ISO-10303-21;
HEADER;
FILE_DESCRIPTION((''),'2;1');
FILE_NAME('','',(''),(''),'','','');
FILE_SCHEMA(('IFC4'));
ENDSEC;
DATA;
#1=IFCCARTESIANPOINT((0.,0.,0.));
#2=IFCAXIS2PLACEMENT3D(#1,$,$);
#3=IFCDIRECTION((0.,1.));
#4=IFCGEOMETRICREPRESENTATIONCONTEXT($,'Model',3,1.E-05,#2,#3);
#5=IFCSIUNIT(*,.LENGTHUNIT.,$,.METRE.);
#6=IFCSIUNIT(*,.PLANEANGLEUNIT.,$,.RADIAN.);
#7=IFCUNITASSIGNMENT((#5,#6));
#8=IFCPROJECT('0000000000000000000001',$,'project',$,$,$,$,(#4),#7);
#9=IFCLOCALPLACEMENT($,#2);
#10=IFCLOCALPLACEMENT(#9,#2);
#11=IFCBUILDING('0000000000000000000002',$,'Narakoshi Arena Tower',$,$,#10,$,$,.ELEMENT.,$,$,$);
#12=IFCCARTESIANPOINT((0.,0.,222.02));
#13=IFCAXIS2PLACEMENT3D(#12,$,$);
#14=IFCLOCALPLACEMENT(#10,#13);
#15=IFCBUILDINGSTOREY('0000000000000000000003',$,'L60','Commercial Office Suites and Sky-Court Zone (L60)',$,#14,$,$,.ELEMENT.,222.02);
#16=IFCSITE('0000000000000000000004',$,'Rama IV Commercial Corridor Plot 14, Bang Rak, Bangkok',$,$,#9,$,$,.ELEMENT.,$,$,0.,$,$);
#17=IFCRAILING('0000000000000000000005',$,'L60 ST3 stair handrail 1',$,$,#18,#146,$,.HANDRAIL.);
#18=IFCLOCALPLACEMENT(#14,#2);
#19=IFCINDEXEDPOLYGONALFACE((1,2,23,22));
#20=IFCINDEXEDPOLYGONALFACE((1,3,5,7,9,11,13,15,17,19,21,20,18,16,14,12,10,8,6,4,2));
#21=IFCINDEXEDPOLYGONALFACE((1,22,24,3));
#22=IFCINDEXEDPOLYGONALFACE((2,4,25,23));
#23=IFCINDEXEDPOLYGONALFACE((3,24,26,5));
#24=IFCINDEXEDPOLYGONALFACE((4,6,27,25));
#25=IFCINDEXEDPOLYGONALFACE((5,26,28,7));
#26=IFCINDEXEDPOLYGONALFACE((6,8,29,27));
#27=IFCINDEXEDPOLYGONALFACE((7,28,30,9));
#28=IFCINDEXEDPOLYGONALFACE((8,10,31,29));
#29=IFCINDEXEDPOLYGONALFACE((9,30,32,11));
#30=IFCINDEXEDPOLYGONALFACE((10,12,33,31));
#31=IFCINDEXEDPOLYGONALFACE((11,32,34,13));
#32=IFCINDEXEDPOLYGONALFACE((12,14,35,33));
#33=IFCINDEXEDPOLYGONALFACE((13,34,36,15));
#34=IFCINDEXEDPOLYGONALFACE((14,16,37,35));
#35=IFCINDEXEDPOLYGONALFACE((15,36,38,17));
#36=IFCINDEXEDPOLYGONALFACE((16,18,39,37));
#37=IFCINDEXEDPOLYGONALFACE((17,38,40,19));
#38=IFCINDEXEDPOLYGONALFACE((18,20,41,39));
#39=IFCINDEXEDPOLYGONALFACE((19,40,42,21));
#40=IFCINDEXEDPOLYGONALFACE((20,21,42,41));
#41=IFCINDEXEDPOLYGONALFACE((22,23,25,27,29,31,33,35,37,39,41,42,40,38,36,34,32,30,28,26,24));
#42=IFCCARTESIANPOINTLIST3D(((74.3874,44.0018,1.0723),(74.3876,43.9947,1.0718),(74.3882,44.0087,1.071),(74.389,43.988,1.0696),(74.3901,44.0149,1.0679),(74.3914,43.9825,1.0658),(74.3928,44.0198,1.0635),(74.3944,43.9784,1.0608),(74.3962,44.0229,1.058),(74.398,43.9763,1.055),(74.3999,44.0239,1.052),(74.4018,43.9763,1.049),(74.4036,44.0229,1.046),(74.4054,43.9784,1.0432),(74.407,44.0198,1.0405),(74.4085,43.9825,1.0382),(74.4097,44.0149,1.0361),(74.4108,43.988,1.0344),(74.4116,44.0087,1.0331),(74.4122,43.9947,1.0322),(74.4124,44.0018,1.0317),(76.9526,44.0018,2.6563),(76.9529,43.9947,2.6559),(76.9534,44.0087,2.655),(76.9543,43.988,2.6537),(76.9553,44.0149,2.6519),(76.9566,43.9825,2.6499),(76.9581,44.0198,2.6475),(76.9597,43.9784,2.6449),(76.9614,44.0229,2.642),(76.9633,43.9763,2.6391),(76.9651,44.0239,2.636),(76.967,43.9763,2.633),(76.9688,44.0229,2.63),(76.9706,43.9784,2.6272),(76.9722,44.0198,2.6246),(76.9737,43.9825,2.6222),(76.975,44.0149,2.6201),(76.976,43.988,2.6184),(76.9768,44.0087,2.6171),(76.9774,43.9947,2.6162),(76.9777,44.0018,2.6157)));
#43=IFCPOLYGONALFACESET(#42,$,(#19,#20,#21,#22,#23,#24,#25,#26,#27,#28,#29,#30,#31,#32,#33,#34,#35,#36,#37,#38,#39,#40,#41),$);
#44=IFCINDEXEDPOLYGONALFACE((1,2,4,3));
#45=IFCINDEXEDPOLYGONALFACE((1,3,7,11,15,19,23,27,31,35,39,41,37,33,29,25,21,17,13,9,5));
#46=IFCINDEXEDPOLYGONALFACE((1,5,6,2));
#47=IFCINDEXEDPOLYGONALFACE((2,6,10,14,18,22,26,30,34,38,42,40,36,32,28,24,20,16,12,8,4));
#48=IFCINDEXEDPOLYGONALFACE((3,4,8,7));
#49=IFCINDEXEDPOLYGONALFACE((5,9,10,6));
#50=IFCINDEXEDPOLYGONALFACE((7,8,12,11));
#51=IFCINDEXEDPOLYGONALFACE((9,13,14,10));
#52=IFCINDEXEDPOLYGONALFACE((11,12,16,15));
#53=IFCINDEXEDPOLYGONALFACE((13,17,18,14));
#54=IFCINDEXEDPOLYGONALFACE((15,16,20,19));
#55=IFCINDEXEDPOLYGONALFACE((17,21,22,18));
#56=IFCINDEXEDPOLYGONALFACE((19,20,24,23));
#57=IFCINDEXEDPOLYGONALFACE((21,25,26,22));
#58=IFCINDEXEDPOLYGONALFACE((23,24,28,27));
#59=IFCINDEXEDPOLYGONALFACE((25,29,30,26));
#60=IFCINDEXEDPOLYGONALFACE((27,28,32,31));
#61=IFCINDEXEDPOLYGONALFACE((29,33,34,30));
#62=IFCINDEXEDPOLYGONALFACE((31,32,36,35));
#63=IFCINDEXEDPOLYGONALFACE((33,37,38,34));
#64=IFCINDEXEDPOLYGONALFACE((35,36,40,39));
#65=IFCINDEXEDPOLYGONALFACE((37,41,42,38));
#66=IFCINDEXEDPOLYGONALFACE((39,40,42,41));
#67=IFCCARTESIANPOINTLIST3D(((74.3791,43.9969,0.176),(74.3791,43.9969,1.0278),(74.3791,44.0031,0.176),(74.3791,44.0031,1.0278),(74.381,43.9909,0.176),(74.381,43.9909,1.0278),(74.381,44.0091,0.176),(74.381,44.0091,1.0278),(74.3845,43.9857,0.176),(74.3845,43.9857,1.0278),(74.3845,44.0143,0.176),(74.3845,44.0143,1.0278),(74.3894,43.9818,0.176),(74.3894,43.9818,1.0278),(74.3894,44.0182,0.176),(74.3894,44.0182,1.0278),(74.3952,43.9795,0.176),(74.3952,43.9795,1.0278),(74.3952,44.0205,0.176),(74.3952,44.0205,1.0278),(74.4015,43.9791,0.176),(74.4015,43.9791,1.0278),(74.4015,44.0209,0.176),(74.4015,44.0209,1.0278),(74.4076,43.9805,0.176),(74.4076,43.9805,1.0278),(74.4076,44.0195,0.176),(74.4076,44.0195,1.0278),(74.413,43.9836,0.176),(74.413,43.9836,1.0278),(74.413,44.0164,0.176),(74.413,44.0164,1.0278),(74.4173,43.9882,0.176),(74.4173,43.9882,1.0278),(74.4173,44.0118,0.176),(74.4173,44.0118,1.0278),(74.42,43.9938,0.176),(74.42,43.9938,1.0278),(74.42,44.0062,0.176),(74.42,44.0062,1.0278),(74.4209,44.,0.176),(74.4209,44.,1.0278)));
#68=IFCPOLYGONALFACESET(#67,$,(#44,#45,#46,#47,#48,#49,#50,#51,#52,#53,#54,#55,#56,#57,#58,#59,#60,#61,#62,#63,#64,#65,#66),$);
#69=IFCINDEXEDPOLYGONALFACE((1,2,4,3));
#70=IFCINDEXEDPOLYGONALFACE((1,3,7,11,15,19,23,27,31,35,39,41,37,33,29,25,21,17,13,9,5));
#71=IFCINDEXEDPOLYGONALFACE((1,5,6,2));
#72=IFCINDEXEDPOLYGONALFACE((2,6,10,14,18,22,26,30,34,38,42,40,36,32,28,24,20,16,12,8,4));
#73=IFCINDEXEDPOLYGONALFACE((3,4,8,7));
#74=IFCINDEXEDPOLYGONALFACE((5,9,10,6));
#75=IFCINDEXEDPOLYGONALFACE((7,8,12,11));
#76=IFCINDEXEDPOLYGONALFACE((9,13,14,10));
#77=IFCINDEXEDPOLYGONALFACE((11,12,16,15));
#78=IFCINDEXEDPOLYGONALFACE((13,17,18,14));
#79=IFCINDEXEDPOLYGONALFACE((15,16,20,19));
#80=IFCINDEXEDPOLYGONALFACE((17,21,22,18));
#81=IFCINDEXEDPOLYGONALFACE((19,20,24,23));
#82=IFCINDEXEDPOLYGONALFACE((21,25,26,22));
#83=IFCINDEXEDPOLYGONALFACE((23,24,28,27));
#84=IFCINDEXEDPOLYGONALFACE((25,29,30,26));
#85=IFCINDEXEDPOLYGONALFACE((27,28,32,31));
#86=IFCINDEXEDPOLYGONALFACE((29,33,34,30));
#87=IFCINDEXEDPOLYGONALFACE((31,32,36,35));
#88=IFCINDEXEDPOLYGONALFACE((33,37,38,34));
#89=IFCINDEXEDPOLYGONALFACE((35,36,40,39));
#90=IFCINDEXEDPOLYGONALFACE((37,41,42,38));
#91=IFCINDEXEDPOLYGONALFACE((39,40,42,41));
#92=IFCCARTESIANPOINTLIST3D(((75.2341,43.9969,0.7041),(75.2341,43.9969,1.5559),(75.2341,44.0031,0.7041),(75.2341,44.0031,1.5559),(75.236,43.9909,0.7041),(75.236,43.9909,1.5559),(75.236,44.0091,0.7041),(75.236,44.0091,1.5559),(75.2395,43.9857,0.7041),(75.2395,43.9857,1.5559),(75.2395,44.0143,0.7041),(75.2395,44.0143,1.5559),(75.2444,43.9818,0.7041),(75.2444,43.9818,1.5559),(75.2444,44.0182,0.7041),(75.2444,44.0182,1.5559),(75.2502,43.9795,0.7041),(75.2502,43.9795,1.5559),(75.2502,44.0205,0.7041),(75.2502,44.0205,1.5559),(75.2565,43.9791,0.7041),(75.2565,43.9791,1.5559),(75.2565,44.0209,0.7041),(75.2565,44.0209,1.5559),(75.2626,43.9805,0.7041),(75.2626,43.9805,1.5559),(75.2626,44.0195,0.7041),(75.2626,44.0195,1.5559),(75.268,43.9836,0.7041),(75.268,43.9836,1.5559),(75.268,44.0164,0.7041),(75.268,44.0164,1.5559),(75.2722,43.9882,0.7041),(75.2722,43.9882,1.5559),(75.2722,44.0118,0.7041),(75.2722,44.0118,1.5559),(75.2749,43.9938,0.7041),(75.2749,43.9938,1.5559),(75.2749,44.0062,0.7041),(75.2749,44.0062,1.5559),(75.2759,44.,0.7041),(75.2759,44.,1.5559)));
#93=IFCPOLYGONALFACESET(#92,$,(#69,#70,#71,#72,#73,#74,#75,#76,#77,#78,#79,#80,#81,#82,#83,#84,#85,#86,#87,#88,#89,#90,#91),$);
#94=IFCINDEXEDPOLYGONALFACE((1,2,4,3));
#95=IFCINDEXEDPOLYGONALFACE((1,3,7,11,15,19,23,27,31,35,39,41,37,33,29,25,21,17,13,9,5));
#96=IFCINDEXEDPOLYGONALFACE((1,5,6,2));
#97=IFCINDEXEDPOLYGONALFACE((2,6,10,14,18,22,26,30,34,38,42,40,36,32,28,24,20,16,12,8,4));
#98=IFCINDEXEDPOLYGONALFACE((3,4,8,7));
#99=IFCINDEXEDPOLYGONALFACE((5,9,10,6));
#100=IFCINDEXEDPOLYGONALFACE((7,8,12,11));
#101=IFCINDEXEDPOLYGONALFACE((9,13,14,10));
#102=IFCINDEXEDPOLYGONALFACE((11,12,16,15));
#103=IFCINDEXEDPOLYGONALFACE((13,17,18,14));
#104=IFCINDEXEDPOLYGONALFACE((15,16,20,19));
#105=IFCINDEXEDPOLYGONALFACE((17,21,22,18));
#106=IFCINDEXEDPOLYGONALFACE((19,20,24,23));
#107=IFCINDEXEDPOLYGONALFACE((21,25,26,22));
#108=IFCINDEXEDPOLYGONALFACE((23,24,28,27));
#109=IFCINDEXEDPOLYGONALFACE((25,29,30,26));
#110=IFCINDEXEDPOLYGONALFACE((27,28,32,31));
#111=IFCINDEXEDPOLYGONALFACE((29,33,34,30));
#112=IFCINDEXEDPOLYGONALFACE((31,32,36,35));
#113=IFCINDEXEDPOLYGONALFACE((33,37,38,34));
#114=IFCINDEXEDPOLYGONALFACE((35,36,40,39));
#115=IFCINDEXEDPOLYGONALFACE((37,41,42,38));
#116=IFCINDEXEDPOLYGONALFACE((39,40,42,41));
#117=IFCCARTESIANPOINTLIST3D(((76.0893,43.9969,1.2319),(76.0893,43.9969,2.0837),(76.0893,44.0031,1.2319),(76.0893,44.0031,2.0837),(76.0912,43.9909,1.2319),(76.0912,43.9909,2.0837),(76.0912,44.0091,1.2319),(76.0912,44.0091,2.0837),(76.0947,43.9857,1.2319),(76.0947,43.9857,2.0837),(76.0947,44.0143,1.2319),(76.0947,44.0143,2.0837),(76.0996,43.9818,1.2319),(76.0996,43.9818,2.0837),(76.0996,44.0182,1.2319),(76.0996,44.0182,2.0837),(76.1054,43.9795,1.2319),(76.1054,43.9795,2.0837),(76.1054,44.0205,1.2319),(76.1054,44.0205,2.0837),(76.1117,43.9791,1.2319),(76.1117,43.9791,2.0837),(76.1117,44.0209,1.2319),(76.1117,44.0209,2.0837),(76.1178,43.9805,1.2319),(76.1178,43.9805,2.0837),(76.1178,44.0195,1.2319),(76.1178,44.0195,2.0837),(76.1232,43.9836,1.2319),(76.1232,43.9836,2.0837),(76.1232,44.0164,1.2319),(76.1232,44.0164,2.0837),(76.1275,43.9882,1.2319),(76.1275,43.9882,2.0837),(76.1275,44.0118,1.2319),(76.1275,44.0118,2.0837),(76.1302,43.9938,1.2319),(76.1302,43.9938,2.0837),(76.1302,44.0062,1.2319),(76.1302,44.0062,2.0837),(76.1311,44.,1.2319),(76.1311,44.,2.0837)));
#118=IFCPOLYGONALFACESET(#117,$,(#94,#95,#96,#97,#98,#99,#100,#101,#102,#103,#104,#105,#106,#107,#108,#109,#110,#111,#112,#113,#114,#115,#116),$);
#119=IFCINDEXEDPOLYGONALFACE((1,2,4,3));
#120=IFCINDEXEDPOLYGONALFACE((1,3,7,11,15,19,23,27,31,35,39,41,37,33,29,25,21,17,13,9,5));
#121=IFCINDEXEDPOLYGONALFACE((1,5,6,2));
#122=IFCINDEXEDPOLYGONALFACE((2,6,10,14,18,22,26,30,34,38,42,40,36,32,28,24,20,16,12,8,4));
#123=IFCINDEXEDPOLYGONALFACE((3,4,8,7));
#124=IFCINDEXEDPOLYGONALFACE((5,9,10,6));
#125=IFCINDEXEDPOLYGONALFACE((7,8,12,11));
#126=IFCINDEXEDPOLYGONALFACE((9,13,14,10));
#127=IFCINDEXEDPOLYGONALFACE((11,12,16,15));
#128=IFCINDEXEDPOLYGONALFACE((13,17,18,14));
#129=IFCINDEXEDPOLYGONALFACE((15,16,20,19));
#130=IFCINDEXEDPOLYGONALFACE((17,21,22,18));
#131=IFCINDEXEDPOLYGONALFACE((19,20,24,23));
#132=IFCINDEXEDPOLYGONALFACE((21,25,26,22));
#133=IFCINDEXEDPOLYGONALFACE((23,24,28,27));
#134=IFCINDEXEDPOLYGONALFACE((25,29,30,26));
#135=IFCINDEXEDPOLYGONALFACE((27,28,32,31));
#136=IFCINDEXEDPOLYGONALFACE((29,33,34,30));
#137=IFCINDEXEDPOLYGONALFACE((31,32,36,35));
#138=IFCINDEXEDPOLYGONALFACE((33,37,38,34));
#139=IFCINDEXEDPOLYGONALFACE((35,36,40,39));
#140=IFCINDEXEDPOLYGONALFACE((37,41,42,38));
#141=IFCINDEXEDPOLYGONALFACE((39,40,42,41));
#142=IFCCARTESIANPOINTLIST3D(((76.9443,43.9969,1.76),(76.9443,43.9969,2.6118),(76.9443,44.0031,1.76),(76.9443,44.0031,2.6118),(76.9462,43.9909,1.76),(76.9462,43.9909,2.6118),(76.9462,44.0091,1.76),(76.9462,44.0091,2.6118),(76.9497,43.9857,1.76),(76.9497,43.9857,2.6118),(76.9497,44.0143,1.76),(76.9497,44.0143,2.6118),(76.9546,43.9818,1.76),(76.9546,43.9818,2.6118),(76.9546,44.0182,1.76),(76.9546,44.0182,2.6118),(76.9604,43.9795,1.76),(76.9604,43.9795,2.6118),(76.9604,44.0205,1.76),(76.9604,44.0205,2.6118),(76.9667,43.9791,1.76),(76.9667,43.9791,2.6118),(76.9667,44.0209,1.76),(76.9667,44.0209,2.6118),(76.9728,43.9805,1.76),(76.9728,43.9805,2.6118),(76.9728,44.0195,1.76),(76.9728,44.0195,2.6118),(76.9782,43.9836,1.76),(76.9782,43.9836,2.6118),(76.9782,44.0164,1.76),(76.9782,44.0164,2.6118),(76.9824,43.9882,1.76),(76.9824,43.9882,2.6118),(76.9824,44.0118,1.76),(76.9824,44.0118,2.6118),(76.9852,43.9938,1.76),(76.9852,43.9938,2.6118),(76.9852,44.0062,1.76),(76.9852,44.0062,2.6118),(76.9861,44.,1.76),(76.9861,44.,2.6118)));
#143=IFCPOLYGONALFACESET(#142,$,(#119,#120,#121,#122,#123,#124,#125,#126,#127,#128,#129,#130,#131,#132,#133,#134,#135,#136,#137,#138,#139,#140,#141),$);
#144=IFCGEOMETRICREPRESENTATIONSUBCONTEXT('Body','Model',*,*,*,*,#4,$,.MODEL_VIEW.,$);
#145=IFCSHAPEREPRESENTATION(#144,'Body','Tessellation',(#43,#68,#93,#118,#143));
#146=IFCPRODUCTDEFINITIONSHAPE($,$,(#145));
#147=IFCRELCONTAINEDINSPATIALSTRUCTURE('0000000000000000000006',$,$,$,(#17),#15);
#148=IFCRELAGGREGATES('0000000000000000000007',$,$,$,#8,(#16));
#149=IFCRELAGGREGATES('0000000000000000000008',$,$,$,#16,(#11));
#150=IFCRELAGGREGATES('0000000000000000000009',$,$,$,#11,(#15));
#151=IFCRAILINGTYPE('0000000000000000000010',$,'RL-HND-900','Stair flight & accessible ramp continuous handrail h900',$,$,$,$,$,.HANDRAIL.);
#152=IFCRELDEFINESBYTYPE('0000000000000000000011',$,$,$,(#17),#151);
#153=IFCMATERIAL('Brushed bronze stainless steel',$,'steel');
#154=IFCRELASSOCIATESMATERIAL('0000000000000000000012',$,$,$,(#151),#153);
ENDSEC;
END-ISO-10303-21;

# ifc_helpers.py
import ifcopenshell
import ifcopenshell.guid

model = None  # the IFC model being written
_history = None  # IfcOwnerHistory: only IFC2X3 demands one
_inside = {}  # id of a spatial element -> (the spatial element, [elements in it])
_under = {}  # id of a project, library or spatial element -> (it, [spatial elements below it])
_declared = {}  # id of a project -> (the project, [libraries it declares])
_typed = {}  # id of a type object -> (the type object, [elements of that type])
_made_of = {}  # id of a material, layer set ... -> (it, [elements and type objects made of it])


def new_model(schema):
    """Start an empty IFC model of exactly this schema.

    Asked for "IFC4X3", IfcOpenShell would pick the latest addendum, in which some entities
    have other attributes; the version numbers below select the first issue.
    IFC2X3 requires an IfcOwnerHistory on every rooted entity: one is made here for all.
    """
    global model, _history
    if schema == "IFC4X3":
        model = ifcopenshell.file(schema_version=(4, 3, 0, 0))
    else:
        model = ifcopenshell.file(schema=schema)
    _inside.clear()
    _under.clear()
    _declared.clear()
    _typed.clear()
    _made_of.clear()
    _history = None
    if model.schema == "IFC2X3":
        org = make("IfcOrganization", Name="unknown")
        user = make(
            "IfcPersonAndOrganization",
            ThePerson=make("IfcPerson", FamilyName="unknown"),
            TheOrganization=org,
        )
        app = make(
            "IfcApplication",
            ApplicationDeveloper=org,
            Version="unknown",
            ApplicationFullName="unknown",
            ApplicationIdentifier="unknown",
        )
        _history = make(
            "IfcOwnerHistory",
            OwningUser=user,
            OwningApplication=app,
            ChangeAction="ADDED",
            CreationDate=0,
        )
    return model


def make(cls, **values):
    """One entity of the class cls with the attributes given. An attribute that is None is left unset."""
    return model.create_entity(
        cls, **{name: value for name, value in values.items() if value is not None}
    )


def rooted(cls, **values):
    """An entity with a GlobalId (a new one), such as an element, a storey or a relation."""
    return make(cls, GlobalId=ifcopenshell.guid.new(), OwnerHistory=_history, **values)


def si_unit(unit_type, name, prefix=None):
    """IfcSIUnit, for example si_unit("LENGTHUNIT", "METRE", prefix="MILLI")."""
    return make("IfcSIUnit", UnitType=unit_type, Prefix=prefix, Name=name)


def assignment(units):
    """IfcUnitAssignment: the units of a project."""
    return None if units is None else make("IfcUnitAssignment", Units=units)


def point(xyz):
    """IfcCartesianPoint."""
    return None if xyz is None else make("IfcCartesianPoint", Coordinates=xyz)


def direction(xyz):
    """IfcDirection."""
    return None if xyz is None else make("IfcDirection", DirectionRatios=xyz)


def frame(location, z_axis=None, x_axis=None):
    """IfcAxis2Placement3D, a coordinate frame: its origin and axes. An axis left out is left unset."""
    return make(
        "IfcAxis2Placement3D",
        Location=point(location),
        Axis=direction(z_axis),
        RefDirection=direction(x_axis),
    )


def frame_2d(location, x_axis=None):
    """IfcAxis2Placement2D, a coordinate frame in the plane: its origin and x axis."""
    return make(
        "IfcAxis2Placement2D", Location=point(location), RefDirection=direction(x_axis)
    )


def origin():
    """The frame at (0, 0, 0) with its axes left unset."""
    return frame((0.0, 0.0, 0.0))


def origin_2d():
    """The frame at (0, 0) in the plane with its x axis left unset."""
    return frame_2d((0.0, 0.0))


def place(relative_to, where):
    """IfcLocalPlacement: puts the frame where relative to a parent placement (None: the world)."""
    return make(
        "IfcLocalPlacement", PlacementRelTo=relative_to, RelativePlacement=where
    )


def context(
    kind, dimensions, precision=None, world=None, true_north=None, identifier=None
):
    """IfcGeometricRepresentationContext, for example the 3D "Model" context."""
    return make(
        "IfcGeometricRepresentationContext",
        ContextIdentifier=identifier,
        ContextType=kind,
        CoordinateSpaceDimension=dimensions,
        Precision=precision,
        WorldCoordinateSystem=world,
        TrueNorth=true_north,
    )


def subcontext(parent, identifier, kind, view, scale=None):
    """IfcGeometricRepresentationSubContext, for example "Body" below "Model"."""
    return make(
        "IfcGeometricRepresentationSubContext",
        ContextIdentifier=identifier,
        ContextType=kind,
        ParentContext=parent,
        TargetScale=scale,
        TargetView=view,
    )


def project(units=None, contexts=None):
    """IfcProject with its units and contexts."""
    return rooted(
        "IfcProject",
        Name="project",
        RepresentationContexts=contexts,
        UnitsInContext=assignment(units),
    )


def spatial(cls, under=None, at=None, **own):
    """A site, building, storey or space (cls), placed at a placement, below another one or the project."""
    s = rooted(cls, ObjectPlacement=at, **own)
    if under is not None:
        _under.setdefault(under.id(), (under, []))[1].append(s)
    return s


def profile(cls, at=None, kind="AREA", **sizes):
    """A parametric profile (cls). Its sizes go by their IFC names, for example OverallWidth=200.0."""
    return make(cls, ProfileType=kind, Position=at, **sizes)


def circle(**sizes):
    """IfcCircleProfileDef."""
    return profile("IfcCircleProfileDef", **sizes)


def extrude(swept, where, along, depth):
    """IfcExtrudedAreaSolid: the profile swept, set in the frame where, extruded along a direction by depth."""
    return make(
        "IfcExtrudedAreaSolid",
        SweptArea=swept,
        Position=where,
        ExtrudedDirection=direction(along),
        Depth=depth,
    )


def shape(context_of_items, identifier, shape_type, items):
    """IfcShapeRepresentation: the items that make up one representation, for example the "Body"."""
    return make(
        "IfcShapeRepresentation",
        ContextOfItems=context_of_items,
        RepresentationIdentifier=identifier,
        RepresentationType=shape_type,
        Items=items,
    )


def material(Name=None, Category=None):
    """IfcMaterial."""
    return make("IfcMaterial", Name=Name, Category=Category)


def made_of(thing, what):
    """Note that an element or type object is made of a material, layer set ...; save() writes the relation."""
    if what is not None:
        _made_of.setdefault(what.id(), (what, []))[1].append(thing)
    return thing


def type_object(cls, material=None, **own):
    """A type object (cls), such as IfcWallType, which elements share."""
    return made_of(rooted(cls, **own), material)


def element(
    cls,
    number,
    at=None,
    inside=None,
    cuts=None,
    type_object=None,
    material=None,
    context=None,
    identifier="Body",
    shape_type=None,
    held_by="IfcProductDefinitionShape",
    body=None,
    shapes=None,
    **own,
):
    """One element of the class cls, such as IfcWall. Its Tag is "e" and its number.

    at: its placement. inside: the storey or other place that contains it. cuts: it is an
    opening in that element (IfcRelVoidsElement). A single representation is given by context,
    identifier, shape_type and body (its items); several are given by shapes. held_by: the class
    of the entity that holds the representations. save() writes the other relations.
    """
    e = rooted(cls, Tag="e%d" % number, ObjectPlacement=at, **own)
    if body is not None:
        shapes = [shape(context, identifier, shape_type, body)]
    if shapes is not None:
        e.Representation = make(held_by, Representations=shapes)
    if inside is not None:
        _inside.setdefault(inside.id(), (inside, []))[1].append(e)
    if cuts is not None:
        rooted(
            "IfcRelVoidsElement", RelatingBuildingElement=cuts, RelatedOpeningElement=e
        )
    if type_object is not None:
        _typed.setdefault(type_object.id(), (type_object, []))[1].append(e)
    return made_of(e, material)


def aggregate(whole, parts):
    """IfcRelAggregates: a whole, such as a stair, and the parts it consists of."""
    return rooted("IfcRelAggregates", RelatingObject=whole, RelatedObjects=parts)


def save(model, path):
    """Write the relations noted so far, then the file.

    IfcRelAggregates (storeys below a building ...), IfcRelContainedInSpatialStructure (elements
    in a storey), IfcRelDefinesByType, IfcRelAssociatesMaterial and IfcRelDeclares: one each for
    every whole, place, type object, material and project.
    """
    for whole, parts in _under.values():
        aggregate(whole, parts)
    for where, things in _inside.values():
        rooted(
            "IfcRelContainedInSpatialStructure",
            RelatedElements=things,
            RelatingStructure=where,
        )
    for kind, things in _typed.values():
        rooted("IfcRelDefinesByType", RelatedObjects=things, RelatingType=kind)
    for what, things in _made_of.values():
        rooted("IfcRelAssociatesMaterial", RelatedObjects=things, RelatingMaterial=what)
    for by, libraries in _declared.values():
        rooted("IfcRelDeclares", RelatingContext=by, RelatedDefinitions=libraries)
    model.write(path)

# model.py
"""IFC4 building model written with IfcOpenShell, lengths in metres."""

from ifc_helpers import new_model, si_unit, direction, frame, origin, origin_2d, place, context, subcontext, project, spatial, circle, extrude, material, type_object, element, save


model = new_model("IFC4")

# Units and contexts
model_context = context("Model", 3, precision=1e-05, world=origin(), true_north=direction((0.0, 1.0)))
body_context = subcontext(model_context, "Body", "Model", "MODEL_VIEW")
ifc_project = project(units=[si_unit("LENGTHUNIT", "METRE"), si_unit("PLANEANGLEUNIT", "RADIAN")], contexts=[model_context])

# Site, building, storey
site_placement = place(None, origin())
site = spatial("IfcSite", under=ifc_project, at=site_placement, Name="Rama IV Commercial Corridor Plot 14, Bang Rak, Bangkok", CompositionType="ELEMENT", RefElevation=0.0)
building_placement = place(site_placement, origin())
building = spatial("IfcBuilding", under=site, at=building_placement, Name="Narakoshi Arena Tower", CompositionType="ELEMENT")
storey_placement = place(building_placement, frame((0.0, 0.0, 222.02)))
storey = spatial("IfcBuildingStorey", under=building, at=storey_placement, Name="L60", Description="Commercial Office Suites and Sky-Court Zone (L60)", CompositionType="ELEMENT", Elevation=222.02)

# Railing
ifc_material_1 = material(Name="Brushed bronze stainless steel", Category="steel")
railing_type_1 = type_object("IfcRailingType", Name="RL-HND-900", Description="Stair flight & accessible ramp continuous handrail h900", PredefinedType="HANDRAIL", material=ifc_material_1)
railing_1_placement = place(storey_placement, frame((74.3999, 44.0, 0.176)))
element("IfcRailing", 1, at=railing_1_placement, inside=storey, type_object=railing_type_1, Name="L60 ST3 stair handrail 1", PredefinedType="HANDRAIL", context=body_context, shape_type="SweptSolid", body=[
    extrude(circle(Radius=0.0239, at=origin_2d()), frame((0.0, 0.0, 0.876), z_axis=(0.850857, 0.0, 0.525398), x_axis=(0.0, 1.0, 0.0)), (0.0, 0.0, 1.0), 3.0149),
    extrude(circle(Radius=0.021, at=origin_2d()), origin(), (0.0, 0.0, 1.0), 0.8518),
    extrude(circle(Radius=0.021, at=origin_2d()), frame((0.855, 0.0, 0.5281)), (0.0, 0.0, 1.0), 0.8518),
    extrude(circle(Radius=0.021, at=origin_2d()), frame((1.7102, 0.0, 1.0559)), (0.0, 0.0, 1.0), 0.8518),
    extrude(circle(Radius=0.021, at=origin_2d()), frame((2.5652, 0.0, 1.584)), (0.0, 0.0, 1.0), 0.8518),
])

save(model, "model.ifc")
